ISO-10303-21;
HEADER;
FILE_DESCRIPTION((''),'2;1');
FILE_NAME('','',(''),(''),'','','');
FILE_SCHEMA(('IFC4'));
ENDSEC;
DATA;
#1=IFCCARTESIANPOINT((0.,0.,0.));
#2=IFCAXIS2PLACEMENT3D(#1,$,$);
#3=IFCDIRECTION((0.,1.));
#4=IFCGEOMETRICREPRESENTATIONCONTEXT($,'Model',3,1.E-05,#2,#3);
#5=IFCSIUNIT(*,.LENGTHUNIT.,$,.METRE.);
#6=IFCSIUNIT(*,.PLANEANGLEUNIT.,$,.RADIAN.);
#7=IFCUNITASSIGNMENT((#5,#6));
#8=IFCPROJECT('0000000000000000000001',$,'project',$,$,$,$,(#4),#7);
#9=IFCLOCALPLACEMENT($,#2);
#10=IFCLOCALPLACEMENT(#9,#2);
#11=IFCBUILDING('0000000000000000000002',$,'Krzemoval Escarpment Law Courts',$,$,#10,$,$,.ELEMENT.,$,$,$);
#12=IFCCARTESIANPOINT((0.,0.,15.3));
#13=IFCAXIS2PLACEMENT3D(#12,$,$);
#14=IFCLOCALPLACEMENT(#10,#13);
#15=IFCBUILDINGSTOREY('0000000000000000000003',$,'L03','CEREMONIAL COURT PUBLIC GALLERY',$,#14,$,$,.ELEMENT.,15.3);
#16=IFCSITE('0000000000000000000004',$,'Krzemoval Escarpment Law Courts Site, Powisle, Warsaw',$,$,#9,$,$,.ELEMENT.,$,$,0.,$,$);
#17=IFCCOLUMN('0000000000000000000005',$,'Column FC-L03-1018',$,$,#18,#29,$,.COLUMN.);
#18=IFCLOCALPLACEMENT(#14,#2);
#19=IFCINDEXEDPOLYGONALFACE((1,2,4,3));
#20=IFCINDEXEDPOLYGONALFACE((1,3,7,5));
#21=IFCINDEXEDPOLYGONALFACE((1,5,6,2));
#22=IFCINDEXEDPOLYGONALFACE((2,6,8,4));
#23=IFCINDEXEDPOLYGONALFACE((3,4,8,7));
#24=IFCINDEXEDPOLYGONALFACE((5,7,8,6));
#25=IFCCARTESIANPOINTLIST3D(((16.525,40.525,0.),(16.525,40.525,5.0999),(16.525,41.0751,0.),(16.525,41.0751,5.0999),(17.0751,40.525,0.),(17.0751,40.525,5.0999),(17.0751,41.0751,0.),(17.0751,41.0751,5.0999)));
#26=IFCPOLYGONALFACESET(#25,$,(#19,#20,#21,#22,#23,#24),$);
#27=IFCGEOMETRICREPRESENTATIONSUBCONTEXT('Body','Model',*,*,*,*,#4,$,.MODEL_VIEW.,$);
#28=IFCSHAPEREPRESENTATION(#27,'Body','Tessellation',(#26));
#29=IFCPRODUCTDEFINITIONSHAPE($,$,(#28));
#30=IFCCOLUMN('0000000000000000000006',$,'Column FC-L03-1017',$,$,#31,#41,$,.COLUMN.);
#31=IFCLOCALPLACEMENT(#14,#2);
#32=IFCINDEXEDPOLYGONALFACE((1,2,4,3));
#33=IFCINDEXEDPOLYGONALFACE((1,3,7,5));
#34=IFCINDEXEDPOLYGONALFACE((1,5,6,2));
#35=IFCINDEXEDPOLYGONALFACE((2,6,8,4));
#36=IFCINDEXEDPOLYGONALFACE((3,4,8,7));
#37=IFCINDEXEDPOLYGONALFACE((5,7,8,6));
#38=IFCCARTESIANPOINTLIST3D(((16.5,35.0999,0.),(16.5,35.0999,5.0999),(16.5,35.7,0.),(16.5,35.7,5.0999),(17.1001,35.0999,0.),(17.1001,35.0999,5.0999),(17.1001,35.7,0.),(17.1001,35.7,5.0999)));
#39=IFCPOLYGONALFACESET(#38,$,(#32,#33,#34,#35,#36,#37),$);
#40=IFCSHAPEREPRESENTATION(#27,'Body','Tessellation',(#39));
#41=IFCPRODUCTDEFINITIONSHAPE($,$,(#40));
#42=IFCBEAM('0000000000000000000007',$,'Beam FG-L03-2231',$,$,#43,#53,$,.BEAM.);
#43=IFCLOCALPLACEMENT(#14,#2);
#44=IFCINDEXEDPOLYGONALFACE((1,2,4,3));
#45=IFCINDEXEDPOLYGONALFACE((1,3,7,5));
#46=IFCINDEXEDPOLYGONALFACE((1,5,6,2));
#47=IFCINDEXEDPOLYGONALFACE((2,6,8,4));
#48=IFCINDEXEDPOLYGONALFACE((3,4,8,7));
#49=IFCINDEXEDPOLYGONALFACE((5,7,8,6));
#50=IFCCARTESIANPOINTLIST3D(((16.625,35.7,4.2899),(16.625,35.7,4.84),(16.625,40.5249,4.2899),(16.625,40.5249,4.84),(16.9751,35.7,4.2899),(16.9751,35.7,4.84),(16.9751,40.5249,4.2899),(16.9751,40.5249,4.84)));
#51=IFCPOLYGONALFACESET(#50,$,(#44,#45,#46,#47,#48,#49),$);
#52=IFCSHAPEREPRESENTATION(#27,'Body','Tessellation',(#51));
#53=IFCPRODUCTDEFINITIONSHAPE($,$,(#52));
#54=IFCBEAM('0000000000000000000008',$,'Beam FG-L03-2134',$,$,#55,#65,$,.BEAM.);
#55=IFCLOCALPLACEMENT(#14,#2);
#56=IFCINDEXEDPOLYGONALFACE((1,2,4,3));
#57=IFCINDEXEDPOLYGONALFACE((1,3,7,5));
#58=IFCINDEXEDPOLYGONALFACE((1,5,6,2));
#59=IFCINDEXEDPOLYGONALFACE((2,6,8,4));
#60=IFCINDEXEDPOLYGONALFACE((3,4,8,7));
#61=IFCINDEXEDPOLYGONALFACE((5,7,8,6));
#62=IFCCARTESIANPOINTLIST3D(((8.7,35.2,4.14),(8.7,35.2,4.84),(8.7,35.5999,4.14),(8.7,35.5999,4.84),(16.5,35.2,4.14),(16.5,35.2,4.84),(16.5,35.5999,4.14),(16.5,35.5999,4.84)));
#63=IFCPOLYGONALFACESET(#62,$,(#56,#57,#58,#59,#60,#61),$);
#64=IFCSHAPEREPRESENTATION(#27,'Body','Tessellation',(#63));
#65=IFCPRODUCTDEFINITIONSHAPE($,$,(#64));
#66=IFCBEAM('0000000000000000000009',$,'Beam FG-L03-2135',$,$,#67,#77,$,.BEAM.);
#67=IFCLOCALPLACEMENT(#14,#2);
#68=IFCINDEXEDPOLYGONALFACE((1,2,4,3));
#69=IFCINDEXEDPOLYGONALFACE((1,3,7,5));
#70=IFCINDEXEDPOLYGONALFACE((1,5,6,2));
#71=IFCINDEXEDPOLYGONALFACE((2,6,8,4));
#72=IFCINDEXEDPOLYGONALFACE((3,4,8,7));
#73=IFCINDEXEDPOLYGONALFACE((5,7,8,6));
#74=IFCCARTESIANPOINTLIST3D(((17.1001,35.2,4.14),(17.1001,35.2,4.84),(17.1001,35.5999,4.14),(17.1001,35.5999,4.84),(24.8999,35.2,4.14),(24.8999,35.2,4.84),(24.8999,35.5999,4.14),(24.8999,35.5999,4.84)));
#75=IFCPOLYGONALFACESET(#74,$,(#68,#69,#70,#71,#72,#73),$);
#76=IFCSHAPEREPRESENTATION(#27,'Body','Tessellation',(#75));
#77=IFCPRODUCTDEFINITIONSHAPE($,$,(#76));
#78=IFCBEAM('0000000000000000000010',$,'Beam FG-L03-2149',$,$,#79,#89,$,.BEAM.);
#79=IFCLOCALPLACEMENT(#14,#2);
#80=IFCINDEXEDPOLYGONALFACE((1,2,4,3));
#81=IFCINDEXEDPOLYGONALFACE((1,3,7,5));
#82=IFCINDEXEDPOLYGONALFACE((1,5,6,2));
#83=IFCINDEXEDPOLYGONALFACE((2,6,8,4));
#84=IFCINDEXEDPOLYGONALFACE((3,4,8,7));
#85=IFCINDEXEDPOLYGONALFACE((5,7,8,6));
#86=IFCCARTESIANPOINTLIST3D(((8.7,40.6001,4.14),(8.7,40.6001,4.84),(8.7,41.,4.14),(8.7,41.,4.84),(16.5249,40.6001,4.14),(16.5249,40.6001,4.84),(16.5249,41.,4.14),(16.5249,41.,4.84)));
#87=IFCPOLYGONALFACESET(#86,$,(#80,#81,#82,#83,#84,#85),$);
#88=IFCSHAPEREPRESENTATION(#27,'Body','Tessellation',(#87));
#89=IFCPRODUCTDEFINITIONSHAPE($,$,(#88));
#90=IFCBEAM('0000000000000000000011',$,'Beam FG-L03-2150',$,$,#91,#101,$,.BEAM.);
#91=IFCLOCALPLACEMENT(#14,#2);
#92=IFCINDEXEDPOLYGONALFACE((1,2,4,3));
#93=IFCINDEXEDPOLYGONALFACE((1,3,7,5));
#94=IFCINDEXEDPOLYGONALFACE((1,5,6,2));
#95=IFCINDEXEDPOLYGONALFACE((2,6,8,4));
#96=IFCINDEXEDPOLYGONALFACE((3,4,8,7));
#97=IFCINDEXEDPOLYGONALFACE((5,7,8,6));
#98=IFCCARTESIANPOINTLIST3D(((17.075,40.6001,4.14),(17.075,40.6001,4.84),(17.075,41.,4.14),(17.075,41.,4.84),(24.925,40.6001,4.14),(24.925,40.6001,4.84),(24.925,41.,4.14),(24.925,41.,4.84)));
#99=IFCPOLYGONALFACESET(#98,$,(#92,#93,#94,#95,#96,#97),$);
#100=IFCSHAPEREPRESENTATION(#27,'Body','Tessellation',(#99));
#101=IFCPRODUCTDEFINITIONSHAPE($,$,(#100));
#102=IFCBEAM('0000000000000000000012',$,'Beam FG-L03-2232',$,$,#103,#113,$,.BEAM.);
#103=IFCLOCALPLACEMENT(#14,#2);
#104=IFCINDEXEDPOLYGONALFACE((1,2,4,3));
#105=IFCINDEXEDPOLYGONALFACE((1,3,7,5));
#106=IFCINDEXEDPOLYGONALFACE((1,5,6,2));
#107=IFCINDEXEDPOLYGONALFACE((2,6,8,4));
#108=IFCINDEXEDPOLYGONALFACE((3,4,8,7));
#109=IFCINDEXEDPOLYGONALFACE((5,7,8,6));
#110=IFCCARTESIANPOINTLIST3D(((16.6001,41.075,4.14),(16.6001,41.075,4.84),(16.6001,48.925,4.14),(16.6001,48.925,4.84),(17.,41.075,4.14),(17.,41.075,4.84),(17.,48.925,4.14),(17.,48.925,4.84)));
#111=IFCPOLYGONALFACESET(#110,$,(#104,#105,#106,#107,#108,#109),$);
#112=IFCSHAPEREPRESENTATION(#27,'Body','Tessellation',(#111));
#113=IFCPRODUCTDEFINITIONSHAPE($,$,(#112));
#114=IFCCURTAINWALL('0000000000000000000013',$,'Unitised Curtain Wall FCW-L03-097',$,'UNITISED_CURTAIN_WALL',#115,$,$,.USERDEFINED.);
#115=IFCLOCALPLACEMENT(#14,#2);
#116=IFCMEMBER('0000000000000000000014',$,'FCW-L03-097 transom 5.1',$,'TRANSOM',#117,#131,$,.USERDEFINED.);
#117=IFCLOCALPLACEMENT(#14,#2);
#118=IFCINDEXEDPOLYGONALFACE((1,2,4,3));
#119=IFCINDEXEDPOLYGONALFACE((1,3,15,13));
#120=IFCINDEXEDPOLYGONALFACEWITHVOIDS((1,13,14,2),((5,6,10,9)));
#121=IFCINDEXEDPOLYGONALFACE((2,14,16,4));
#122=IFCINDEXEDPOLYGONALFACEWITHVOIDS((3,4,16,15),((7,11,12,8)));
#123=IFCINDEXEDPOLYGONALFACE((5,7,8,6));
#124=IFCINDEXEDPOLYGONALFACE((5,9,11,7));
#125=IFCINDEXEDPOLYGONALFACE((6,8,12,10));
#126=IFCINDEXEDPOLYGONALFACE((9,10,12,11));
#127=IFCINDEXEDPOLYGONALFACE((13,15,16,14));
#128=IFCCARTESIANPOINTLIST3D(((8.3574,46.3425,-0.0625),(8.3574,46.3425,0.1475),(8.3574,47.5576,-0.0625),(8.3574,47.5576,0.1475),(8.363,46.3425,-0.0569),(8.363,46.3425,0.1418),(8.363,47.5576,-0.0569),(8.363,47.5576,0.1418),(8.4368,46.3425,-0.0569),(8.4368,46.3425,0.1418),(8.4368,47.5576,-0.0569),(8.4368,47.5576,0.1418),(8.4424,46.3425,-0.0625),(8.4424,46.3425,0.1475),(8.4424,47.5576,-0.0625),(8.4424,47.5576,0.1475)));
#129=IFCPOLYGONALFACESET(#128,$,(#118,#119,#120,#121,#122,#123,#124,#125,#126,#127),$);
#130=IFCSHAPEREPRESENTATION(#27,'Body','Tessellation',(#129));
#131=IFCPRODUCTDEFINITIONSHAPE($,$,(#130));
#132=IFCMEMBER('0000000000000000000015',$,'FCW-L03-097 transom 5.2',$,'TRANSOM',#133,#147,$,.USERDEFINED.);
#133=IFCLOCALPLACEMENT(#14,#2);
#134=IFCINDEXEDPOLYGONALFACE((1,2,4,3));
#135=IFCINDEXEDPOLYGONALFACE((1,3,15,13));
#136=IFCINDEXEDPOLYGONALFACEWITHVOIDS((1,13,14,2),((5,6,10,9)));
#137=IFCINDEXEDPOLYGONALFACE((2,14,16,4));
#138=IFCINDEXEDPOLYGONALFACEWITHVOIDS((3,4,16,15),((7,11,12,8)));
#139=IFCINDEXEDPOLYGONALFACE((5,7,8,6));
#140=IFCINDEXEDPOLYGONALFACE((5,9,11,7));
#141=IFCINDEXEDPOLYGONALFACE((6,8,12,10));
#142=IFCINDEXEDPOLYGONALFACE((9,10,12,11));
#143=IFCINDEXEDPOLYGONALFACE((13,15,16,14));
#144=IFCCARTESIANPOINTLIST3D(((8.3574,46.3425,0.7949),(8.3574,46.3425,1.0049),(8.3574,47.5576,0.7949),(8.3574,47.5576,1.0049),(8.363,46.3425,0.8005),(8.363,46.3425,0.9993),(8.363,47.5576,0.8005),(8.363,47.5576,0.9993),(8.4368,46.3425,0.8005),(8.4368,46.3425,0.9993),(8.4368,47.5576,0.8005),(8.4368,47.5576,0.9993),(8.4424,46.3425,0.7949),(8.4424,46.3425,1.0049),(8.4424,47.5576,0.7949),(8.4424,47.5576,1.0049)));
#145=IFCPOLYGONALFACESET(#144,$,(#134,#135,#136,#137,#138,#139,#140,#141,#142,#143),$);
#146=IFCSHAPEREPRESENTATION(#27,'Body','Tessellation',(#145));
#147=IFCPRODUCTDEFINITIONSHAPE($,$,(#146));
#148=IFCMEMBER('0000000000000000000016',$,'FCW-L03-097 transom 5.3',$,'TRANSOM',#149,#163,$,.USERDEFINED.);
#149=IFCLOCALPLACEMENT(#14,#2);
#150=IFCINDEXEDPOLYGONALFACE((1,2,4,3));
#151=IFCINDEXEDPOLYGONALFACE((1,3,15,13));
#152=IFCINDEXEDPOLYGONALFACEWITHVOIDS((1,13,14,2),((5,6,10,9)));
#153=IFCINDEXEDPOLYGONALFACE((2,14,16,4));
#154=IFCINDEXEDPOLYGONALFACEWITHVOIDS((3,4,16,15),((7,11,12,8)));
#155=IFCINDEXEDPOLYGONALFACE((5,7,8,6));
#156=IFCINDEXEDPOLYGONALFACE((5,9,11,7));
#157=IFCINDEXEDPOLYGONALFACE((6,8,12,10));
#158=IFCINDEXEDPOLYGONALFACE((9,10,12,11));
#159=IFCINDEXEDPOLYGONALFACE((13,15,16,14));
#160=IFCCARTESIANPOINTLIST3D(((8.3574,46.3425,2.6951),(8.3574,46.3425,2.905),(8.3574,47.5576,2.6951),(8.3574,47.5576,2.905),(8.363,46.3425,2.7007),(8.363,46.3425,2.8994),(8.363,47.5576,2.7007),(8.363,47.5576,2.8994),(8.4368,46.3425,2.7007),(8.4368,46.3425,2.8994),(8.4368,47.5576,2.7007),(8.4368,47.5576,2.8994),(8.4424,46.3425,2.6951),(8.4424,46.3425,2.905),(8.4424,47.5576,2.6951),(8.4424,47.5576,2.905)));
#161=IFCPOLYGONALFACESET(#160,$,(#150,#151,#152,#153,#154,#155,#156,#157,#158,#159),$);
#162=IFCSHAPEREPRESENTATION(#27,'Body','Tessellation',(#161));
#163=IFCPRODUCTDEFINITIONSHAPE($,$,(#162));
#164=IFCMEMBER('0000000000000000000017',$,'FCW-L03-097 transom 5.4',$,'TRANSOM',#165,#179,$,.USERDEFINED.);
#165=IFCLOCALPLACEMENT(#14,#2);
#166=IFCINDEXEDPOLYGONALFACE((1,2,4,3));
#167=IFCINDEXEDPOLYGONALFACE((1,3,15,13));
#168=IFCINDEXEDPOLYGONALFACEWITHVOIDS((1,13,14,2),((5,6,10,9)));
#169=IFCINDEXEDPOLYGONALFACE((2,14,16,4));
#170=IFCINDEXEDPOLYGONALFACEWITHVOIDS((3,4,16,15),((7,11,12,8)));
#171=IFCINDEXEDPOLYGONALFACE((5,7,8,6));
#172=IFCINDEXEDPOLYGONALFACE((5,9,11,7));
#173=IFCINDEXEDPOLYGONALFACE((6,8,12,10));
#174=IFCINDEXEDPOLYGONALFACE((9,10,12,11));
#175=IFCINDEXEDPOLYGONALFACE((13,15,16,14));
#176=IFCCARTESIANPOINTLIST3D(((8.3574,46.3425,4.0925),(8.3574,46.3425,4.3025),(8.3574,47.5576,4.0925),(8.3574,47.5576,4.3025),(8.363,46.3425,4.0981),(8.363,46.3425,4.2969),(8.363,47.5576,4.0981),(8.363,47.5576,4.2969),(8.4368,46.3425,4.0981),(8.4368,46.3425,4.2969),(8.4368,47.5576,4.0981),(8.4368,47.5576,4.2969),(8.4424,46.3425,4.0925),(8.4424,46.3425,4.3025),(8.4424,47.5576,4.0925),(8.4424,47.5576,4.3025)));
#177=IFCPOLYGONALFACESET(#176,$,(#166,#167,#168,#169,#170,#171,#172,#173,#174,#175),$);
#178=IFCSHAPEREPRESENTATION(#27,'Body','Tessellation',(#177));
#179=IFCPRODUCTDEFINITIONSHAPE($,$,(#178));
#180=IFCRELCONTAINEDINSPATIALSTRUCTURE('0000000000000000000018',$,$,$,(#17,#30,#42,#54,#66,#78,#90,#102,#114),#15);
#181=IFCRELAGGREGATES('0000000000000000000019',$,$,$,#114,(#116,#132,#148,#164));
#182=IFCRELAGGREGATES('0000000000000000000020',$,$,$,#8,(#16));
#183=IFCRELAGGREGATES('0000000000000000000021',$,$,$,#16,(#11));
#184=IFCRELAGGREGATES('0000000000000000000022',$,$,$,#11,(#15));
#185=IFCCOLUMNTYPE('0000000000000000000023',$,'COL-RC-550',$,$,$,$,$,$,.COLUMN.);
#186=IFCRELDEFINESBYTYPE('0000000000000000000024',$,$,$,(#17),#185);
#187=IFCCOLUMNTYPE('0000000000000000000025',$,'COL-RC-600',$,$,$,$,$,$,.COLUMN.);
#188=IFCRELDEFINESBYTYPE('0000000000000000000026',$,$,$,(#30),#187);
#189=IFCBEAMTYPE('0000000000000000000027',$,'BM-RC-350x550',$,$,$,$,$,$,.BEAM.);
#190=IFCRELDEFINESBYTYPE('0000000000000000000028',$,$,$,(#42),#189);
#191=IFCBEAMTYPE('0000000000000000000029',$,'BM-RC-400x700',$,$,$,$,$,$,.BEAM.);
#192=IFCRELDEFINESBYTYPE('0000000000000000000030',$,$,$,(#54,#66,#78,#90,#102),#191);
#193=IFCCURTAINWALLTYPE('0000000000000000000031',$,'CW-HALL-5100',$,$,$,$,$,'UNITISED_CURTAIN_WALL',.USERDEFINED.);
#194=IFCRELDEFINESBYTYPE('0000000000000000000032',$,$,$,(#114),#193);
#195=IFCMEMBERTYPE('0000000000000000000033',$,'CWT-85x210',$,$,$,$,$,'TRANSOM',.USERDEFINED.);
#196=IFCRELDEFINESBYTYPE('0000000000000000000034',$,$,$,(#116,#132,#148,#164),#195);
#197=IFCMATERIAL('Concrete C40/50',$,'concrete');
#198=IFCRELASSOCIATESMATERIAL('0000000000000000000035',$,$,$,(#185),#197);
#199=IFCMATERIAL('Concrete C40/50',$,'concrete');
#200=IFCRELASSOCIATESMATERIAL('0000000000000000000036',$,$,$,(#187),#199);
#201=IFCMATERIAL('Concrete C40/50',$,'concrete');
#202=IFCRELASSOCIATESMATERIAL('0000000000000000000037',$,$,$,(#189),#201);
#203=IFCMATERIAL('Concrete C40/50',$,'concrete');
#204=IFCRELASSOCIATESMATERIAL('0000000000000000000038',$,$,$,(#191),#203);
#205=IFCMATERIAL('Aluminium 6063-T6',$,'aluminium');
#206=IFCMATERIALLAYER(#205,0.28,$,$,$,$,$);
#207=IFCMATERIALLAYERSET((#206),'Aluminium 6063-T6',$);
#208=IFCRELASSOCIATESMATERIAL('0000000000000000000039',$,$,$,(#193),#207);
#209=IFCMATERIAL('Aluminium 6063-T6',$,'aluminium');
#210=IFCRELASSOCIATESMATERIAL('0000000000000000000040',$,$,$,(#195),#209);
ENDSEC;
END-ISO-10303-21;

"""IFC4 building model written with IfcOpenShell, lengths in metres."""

from ifc_helpers import new_model, si_unit, direction, frame, origin, origin_2d, place, context, subcontext, project, spatial, rectangle, hollow_rectangle, extrude, material, layer, layer_set, material_profile, profile_set, type_object, element, aggregate, save


model = new_model("IFC4")

# Units and contexts
model_context = context("Model", 3, precision=1e-05, world=origin(), true_north=direction((0.0, 1.0)))
body_context = subcontext(model_context, "Body", "Model", "MODEL_VIEW")
ifc_project = project(units=[si_unit("LENGTHUNIT", "METRE"), si_unit("PLANEANGLEUNIT", "RADIAN")], contexts=[model_context])

# Site, building, storey
site_placement = place(None, origin())
site = spatial("IfcSite", under=ifc_project, at=site_placement, Name="Krzemoval Escarpment Law Courts Site, Powisle, Warsaw", CompositionType="ELEMENT", RefElevation=0.0)
building_placement = place(site_placement, origin())
building = spatial("IfcBuilding", under=site, at=building_placement, Name="Krzemoval Escarpment Law Courts", CompositionType="ELEMENT")
storey_placement = place(building_placement, frame((0.0, 0.0, 15.3)))
storey = spatial("IfcBuildingStorey", under=building, at=storey_placement, Name="L03", Description="CEREMONIAL COURT PUBLIC GALLERY", CompositionType="ELEMENT", Elevation=15.3)

# Columns
ifc_material_1 = material(Name="Concrete C40/50", Category="concrete")
ifc_material_profile_1 = material_profile(ifc_material_1, rectangle(XDim=0.55, YDim=0.55, at=origin_2d()), Name="RC 550x550")
ifc_profile_set_1 = profile_set([ifc_material_profile_1], Name="Concrete C40/50")
column_type_1 = type_object("IfcColumnType", Name="COL-RC-550", PredefinedType="COLUMN", material=ifc_profile_set_1)
column_1_placement = place(storey_placement, frame((16.8, 40.8, 0.0), z_axis=(0.0, 0.0, 1.0), x_axis=(1.0, 0.0, 0.0)))
element("IfcColumn", 1, at=column_1_placement, inside=storey, type_object=column_type_1, Name="Column FC-L03-1018", PredefinedType="COLUMN", context=body_context, shape_type="SweptSolid", body=[
    extrude(rectangle(XDim=0.55, YDim=0.55, at=origin_2d()), origin(), (0.0, 0.0, 1.0), 5.0999),
])
ifc_material_2 = material(Name="Concrete C40/50", Category="concrete")
ifc_material_profile_2 = material_profile(ifc_material_2, rectangle(XDim=0.6001, YDim=0.6001, at=origin_2d()), Name="RC 600x600")
ifc_profile_set_2 = profile_set([ifc_material_profile_2], Name="Concrete C40/50")
column_type_2 = type_object("IfcColumnType", Name="COL-RC-600", PredefinedType="COLUMN", material=ifc_profile_set_2)
column_2_placement = place(storey_placement, frame((16.8, 35.3999, 0.0), z_axis=(0.0, 0.0, 1.0), x_axis=(1.0, 0.0, 0.0)))
element("IfcColumn", 2, at=column_2_placement, inside=storey, type_object=column_type_2, Name="Column FC-L03-1017", PredefinedType="COLUMN", context=body_context, shape_type="SweptSolid", body=[
    extrude(rectangle(XDim=0.6001, YDim=0.6001, at=origin_2d()), origin(), (0.0, 0.0, 1.0), 5.0999),
])

# Beams
ifc_material_3 = material(Name="Concrete C40/50", Category="concrete")
ifc_material_profile_3 = material_profile(ifc_material_3, rectangle(XDim=0.3501, YDim=0.55, at=origin_2d()), Name="RCB 350x550")
ifc_profile_set_3 = profile_set([ifc_material_profile_3], Name="Concrete C40/50")
beam_type_1 = type_object("IfcBeamType", Name="BM-RC-350x550", PredefinedType="BEAM", material=ifc_profile_set_3)
beam_1_placement = place(storey_placement, frame((16.8, 35.7, 4.5649), z_axis=(0.0, 1.0, 0.0), x_axis=(-1.0, 0.0, 0.0)))
element("IfcBeam", 3, at=beam_1_placement, inside=storey, type_object=beam_type_1, Name="Beam FG-L03-2231", PredefinedType="BEAM", context=body_context, shape_type="SweptSolid", body=[
    extrude(rectangle(XDim=0.3501, YDim=0.55, at=origin_2d()), origin(), (0.0, 0.0, 1.0), 4.825),
])
ifc_material_4 = material(Name="Concrete C40/50", Category="concrete")
ifc_material_profile_4 = material_profile(ifc_material_4, rectangle(XDim=0.3999, YDim=0.7, at=origin_2d()), Name="RCB 400x700")
ifc_profile_set_4 = profile_set([ifc_material_profile_4], Name="Concrete C40/50")
beam_type_2 = type_object("IfcBeamType", Name="BM-RC-400x700", PredefinedType="BEAM", material=ifc_profile_set_4)
beam_2_placement = place(storey_placement, frame((8.7, 35.3999, 4.49), z_axis=(1.0, 0.0, 0.0), x_axis=(0.0, 1.0, 0.0)))
element("IfcBeam", 4, at=beam_2_placement, inside=storey, type_object=beam_type_2, Name="Beam FG-L03-2134", PredefinedType="BEAM", context=body_context, shape_type="SweptSolid", body=[
    extrude(rectangle(XDim=0.3999, YDim=0.7, at=origin_2d()), origin(), (0.0, 0.0, 1.0), 7.8),
])
beam_3_placement = place(storey_placement, frame((17.1001, 35.3999, 4.49), z_axis=(1.0, 0.0, 0.0), x_axis=(0.0, 1.0, 0.0)))
element("IfcBeam", 5, at=beam_3_placement, inside=storey, type_object=beam_type_2, Name="Beam FG-L03-2135", PredefinedType="BEAM", context=body_context, shape_type="SweptSolid", body=[
    extrude(rectangle(XDim=0.3999, YDim=0.7, at=origin_2d()), origin(), (0.0, 0.0, 1.0), 7.7998),
])
beam_4_placement = place(storey_placement, frame((8.7, 40.8, 4.49), z_axis=(1.0, 0.0, 0.0), x_axis=(0.0, 1.0, 0.0)))
element("IfcBeam", 6, at=beam_4_placement, inside=storey, type_object=beam_type_2, Name="Beam FG-L03-2149", PredefinedType="BEAM", context=body_context, shape_type="SweptSolid", body=[
    extrude(rectangle(XDim=0.3999, YDim=0.7, at=origin_2d()), origin(), (0.0, 0.0, 1.0), 7.825),
])
for number, where, z_axis, x_axis, name in (
    (7, (17.075, 40.8, 4.49), (1.0, 0.0, 0.0), (0.0, 1.0, 0.0), "Beam FG-L03-2150"),
    (8, (16.8, 41.075, 4.49), (0.0, 1.0, 0.0), (-1.0, 0.0, 0.0), "Beam FG-L03-2232"),
):
    element("IfcBeam", number, at=place(storey_placement, frame(where, z_axis=z_axis, x_axis=x_axis)), inside=storey, type_object=beam_type_2, Name=name, PredefinedType="BEAM", context=body_context, shape_type="SweptSolid", body=[
        extrude(rectangle(XDim=0.3999, YDim=0.7, at=origin_2d()), origin(), (0.0, 0.0, 1.0), 7.8501),
    ])

# Curtain wall, members
ifc_material_5 = material(Name="Aluminium 6063-T6", Category="aluminium")
ifc_layer_1 = layer(ifc_material_5, 0.28)
ifc_layer_set_1 = layer_set([ifc_layer_1], Name="Aluminium 6063-T6")
curtain_wall_type = type_object("IfcCurtainWallType", Name="CW-HALL-5100", ElementType="UNITISED_CURTAIN_WALL", PredefinedType="USERDEFINED", material=ifc_layer_set_1)
curtain_wall_placement = place(storey_placement, origin())
curtain_wall = element("IfcCurtainWall", 9, at=curtain_wall_placement, inside=storey, type_object=curtain_wall_type, Name="Unitised Curtain Wall FCW-L03-097", ObjectType="UNITISED_CURTAIN_WALL", PredefinedType="USERDEFINED")
ifc_material_6 = material(Name="Aluminium 6063-T6", Category="aluminium")
ifc_material_profile_5 = material_profile(ifc_material_6, hollow_rectangle(XDim=0.085, YDim=0.21, WallThickness=0.0056, at=origin_2d()), Name="ALU T85x210")
ifc_profile_set_5 = profile_set([ifc_material_profile_5], Name="Aluminium 6063-T6")
member_type = type_object("IfcMemberType", Name="CWT-85x210", ElementType="TRANSOM", PredefinedType="USERDEFINED", material=ifc_profile_set_5)
member_1_placement = place(storey_placement, frame((8.3999, 46.3425, 0.0425), z_axis=(0.0, 1.0, 0.0), x_axis=(-1.0, 0.0, 0.0)))
member_1 = element("IfcMember", 10, at=member_1_placement, type_object=member_type, Name="FCW-L03-097 transom 5.1", ObjectType="TRANSOM", PredefinedType="USERDEFINED", context=body_context, shape_type="SweptSolid", body=[
    extrude(hollow_rectangle(XDim=0.085, YDim=0.21, WallThickness=0.0056, at=origin_2d()), origin(), (0.0, 0.0, 1.0), 1.2151),
])
member_2_placement = place(storey_placement, frame((8.3999, 46.3425, 0.8999), z_axis=(0.0, 1.0, 0.0), x_axis=(-1.0, 0.0, 0.0)))
member_2 = element("IfcMember", 11, at=member_2_placement, type_object=member_type, Name="FCW-L03-097 transom 5.2", ObjectType="TRANSOM", PredefinedType="USERDEFINED", context=body_context, shape_type="SweptSolid", body=[
    extrude(hollow_rectangle(XDim=0.085, YDim=0.21, WallThickness=0.0056, at=origin_2d()), origin(), (0.0, 0.0, 1.0), 1.2151),
])
member_3_placement = place(storey_placement, frame((8.3999, 46.3425, 2.8), z_axis=(0.0, 1.0, 0.0), x_axis=(-1.0, 0.0, 0.0)))
member_3 = element("IfcMember", 12, at=member_3_placement, type_object=member_type, Name="FCW-L03-097 transom 5.3", ObjectType="TRANSOM", PredefinedType="USERDEFINED", context=body_context, shape_type="SweptSolid", body=[
    extrude(hollow_rectangle(XDim=0.085, YDim=0.21, WallThickness=0.0056, at=origin_2d()), origin(), (0.0, 0.0, 1.0), 1.2151),
])
member_4_placement = place(storey_placement, frame((8.3999, 46.3425, 4.1975), z_axis=(0.0, 1.0, 0.0), x_axis=(-1.0, 0.0, 0.0)))
member_4 = element("IfcMember", 13, at=member_4_placement, type_object=member_type, Name="FCW-L03-097 transom 5.4", ObjectType="TRANSOM", PredefinedType="USERDEFINED", context=body_context, shape_type="SweptSolid", body=[
    extrude(hollow_rectangle(XDim=0.085, YDim=0.21, WallThickness=0.0056, at=origin_2d()), origin(), (0.0, 0.0, 1.0), 1.2151),
])
aggregate(curtain_wall, [member_1, member_2, member_3, member_4])

save(model, "model.ifc")
